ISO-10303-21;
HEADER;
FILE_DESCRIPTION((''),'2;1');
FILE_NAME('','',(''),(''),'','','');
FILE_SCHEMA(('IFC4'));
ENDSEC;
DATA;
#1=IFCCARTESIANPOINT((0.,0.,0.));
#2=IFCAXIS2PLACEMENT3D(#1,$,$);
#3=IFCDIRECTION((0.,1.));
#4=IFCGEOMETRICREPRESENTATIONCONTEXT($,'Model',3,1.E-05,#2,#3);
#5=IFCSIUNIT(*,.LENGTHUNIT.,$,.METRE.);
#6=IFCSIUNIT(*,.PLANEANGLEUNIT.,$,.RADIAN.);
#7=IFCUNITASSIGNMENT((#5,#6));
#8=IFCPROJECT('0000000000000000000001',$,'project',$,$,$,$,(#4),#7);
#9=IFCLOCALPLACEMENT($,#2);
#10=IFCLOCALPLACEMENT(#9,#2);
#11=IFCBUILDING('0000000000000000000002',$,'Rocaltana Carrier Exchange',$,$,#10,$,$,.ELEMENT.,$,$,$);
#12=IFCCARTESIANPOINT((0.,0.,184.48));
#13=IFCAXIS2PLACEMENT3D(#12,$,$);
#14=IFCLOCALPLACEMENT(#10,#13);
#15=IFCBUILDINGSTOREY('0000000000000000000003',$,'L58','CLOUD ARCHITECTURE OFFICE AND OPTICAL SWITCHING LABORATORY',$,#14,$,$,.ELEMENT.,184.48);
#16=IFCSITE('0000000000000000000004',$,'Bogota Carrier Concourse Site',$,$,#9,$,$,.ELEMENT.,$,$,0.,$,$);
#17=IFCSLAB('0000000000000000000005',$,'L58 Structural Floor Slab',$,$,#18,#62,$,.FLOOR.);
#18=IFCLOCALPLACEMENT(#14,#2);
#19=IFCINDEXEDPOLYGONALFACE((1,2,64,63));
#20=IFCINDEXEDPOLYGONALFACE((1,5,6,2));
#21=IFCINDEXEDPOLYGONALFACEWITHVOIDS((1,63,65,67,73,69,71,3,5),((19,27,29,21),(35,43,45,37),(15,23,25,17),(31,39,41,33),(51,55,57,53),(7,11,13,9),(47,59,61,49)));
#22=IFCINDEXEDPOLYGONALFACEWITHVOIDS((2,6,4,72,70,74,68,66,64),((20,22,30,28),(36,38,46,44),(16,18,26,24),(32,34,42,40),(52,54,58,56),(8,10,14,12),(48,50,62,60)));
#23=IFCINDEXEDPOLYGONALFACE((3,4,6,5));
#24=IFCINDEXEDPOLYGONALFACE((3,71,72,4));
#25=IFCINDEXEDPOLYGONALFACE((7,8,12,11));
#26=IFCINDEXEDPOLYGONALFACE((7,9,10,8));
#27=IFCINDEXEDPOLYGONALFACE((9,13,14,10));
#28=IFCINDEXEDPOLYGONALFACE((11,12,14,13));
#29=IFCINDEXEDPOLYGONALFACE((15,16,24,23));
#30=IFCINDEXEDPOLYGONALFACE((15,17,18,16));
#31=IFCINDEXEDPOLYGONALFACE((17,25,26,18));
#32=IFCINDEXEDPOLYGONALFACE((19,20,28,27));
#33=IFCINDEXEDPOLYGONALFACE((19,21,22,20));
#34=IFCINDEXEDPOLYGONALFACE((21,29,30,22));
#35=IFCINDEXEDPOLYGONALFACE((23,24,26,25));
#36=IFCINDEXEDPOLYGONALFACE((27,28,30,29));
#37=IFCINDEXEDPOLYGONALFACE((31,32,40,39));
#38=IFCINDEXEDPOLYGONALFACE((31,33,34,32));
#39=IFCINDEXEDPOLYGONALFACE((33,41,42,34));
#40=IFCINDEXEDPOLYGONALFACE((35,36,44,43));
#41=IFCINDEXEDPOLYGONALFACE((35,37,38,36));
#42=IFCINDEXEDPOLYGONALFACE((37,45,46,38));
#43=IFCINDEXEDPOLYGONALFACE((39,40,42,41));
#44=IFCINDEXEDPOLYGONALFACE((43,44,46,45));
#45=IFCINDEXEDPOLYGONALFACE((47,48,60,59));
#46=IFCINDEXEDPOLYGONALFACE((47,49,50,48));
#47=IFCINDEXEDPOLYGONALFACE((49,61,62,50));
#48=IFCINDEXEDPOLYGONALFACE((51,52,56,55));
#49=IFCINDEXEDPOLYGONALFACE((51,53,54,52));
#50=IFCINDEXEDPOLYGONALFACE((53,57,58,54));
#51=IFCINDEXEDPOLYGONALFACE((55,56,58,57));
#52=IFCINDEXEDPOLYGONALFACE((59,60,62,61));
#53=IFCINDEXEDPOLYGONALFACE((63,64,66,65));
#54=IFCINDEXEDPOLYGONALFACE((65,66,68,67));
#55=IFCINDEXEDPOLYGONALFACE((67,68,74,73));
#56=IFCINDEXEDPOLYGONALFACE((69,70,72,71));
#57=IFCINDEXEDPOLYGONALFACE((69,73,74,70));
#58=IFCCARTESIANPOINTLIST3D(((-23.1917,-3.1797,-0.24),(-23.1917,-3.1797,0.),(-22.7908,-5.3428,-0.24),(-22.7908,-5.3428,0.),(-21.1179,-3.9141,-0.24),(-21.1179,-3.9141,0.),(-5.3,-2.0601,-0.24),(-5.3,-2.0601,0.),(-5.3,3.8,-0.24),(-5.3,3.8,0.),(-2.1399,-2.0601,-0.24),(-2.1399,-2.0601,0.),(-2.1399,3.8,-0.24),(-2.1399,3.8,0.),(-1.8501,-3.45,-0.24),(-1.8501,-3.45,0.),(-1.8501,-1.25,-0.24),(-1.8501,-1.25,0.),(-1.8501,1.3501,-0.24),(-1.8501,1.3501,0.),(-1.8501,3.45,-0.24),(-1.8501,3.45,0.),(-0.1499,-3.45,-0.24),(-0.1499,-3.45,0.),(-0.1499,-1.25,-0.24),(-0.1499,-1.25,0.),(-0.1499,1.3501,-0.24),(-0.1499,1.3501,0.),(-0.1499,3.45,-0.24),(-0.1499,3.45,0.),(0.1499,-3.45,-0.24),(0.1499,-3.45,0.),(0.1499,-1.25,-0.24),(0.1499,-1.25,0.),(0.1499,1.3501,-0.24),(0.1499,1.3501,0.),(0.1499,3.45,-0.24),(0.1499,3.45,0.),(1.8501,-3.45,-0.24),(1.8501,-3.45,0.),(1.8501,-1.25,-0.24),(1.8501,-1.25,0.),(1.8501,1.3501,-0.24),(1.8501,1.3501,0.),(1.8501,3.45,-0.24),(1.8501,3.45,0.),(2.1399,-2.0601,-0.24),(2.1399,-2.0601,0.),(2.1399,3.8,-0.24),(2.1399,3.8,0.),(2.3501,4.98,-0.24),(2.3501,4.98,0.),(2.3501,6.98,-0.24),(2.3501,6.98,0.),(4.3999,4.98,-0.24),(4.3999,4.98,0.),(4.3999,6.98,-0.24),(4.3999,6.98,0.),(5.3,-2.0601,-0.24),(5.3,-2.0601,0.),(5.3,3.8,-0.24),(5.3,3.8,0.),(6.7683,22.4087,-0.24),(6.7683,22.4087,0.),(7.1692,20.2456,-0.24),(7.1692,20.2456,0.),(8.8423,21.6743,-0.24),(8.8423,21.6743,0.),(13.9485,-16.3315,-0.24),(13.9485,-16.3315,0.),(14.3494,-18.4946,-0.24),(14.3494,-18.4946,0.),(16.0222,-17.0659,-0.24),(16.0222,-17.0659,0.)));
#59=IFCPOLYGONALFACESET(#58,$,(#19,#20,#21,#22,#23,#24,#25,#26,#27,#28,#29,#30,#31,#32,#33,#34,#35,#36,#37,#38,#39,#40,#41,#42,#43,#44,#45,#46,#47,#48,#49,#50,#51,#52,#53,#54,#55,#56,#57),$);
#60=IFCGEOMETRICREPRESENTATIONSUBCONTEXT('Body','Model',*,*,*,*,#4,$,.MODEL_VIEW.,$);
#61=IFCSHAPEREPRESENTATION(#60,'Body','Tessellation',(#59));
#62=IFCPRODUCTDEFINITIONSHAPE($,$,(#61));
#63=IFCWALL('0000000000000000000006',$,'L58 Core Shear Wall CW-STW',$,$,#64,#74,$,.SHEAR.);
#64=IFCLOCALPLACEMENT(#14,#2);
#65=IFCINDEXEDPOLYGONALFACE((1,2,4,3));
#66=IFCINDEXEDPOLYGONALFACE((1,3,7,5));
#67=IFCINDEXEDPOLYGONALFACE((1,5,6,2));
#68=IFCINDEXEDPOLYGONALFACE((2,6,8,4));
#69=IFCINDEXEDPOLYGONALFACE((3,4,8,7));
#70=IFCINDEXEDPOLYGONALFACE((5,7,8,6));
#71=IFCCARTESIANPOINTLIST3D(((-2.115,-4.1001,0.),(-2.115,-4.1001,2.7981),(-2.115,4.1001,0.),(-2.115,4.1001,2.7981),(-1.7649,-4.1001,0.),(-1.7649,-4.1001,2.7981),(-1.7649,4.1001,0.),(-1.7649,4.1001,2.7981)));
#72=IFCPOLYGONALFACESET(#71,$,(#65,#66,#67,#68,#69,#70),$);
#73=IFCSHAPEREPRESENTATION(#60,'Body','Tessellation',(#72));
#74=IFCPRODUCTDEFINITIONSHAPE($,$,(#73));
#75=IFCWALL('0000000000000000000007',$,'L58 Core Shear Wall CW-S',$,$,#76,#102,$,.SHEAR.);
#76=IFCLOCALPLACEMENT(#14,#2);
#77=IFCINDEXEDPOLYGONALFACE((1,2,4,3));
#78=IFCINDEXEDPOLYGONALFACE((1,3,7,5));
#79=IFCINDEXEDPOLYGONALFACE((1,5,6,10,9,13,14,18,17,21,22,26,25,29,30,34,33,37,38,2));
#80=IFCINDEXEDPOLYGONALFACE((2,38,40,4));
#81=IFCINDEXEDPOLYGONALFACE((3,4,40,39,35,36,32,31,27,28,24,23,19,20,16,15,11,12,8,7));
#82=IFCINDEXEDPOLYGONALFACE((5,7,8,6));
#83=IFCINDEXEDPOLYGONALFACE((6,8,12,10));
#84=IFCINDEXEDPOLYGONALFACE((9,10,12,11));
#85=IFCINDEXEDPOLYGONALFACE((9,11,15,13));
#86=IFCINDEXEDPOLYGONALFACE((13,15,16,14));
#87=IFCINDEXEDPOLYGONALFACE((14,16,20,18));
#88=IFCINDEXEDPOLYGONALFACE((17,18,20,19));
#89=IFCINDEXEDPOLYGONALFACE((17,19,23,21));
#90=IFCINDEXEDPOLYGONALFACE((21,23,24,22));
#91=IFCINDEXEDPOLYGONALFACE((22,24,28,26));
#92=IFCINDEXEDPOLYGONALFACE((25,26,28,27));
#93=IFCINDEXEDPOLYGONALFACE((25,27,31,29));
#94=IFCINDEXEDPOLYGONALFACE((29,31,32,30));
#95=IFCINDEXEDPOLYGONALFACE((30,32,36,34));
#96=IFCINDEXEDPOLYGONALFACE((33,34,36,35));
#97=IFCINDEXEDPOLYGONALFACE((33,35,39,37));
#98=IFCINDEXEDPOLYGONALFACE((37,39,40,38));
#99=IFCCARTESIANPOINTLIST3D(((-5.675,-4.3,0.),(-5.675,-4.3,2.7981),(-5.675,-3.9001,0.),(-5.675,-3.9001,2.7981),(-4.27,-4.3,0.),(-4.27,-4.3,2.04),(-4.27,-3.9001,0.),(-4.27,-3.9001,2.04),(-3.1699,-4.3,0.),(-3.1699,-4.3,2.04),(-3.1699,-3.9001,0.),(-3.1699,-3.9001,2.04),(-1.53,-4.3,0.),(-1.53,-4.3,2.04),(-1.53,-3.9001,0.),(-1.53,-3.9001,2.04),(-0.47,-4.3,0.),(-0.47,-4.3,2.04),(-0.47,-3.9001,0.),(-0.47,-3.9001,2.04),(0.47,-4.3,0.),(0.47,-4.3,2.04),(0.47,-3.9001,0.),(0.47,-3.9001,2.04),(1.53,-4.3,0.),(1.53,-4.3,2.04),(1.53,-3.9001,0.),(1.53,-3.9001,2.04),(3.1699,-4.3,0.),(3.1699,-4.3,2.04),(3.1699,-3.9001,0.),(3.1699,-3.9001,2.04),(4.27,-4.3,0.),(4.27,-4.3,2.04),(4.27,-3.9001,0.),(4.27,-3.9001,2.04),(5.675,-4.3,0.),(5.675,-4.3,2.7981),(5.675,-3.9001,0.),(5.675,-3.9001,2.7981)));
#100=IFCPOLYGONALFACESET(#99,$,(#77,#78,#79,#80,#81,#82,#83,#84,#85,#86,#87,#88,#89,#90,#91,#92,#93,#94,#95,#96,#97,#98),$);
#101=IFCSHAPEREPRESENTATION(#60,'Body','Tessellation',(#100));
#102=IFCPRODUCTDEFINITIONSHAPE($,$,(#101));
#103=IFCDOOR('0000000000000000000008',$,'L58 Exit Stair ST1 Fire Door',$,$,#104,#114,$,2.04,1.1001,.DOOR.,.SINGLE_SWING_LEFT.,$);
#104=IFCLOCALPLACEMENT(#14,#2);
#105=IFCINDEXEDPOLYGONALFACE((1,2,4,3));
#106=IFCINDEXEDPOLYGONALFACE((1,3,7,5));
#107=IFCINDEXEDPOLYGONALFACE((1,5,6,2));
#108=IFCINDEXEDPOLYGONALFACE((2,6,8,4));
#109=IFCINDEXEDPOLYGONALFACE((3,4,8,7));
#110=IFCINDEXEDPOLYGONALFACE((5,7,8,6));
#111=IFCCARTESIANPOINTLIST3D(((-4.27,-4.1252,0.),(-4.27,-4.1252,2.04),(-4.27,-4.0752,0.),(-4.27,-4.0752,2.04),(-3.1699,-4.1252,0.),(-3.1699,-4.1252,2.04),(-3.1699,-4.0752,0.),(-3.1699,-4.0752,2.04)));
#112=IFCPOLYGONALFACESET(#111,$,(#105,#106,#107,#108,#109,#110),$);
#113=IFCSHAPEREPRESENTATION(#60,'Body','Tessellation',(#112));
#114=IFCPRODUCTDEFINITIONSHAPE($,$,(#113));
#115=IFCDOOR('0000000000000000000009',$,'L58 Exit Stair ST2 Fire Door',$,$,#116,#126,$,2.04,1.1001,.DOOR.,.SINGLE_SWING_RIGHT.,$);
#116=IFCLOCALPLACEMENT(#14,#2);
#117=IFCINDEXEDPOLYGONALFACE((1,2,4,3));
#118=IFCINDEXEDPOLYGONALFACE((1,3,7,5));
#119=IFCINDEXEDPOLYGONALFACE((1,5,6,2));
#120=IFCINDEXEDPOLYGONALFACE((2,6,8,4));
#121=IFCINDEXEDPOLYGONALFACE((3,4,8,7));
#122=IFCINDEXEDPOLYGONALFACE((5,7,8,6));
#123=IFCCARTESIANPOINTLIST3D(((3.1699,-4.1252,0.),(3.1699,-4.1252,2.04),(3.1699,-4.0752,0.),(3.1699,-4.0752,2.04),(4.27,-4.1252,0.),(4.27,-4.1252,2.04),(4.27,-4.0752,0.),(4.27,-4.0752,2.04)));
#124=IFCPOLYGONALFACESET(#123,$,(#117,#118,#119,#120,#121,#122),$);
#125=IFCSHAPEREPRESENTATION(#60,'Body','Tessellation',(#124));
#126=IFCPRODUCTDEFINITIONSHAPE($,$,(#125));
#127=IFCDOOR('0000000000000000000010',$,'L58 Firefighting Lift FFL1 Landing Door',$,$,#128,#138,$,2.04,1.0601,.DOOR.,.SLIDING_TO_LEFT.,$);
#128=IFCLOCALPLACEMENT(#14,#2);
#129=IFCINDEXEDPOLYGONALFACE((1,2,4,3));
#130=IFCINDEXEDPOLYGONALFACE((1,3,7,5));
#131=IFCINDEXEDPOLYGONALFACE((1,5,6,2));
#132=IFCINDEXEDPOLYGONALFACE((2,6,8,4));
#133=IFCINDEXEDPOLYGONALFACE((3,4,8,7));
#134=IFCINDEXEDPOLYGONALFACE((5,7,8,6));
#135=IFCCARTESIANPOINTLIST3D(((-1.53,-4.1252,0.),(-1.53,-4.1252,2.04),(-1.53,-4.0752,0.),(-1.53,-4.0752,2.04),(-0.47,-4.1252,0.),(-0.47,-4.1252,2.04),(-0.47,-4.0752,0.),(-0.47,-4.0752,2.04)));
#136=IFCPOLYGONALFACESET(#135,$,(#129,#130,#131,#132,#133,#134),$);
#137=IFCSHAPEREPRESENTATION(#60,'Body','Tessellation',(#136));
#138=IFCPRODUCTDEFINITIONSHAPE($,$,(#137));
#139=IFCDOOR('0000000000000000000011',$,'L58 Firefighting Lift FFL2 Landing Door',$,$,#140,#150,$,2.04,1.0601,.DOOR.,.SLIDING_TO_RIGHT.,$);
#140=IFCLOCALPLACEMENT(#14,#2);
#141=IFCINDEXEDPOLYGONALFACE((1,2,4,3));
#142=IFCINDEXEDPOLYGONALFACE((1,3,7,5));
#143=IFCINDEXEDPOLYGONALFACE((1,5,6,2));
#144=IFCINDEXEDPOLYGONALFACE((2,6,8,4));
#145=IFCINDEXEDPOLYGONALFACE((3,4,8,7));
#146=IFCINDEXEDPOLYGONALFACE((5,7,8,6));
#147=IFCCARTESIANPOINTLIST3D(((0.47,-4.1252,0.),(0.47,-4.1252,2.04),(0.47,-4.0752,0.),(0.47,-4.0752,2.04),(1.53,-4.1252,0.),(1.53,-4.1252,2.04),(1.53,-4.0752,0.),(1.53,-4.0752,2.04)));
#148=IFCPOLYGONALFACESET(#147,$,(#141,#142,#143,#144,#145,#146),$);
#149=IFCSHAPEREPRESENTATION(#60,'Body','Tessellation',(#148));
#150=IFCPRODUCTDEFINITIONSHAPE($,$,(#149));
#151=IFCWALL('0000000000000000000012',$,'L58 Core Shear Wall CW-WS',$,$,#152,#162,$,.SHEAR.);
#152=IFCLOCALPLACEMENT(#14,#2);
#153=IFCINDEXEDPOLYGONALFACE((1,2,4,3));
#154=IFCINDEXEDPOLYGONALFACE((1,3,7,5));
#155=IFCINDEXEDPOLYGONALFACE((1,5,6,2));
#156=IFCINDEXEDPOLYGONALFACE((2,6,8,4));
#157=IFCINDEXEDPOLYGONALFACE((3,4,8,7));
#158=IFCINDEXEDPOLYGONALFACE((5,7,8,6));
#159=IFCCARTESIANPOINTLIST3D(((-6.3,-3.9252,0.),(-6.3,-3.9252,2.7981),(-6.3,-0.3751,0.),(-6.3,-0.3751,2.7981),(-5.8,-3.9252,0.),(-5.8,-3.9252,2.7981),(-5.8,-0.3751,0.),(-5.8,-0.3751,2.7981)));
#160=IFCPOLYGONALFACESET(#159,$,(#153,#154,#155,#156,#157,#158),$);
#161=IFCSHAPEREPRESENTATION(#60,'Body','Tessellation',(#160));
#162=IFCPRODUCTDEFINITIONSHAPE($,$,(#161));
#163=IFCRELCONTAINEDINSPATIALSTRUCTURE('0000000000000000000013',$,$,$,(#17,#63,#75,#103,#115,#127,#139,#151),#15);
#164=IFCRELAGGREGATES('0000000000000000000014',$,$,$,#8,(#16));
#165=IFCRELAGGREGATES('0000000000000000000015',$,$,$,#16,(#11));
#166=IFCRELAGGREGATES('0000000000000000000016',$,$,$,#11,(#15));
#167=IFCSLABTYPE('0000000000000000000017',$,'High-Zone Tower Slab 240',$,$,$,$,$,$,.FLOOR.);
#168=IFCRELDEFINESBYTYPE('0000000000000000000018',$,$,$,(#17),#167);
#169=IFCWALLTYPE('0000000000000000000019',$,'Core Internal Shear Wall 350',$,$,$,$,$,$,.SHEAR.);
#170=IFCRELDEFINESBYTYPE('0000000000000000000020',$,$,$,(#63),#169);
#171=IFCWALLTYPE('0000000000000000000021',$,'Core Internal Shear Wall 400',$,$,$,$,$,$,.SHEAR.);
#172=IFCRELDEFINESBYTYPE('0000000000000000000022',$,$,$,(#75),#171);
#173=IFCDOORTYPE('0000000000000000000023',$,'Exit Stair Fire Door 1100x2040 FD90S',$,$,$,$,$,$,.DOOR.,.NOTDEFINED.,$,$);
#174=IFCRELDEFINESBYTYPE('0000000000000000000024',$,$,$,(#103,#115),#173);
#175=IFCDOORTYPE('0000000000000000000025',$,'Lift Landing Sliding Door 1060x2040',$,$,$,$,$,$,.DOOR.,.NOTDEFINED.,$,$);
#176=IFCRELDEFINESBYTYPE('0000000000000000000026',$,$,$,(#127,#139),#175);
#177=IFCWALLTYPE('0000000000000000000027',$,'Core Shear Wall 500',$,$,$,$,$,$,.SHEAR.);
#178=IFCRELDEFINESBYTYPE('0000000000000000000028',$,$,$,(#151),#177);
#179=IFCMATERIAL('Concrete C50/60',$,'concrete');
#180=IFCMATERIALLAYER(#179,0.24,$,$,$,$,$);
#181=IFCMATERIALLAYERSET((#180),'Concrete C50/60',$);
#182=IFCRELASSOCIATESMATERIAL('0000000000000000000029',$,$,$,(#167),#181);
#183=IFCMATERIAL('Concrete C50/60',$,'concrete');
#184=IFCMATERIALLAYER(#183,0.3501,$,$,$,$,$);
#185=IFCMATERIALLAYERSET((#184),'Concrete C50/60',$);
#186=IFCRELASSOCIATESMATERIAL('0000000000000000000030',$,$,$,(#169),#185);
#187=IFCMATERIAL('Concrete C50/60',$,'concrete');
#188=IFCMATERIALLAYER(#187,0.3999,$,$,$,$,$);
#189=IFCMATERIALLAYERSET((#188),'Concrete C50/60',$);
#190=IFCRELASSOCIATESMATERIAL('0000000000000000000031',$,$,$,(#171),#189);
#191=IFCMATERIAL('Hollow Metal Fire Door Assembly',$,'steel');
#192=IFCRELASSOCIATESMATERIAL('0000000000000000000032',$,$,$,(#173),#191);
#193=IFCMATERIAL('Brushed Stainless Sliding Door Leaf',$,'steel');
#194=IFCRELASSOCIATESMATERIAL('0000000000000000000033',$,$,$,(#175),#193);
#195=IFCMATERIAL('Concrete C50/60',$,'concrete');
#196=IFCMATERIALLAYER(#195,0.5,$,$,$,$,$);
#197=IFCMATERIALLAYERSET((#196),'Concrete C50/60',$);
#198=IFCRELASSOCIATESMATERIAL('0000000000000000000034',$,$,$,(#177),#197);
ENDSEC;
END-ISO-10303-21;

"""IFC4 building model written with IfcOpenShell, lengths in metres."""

from ifc_helpers import new_model, si_unit, direction, frame, frame_2d, origin, place, context, subcontext, project, spatial, polyline, rectangle, outline, extrude, material, layer, layer_set, type_object, element, fill, save


model = new_model("IFC4")

# Units and contexts
model_context = context("Model", 3, precision=1e-05, world=origin(), true_north=direction((0.0, 1.0)))
body_context = subcontext(model_context, "Body", "Model", "MODEL_VIEW")
ifc_project = project(units=[si_unit("LENGTHUNIT", "METRE"), si_unit("PLANEANGLEUNIT", "RADIAN")], contexts=[model_context])

# Site, building, storey
site_placement = place(None, origin())
site = spatial("IfcSite", under=ifc_project, at=site_placement, Name="Bogota Carrier Concourse Site", CompositionType="ELEMENT", RefElevation=0.0)
building_placement = place(site_placement, origin())
building = spatial("IfcBuilding", under=site, at=building_placement, Name="Rocaltana Carrier Exchange", CompositionType="ELEMENT")
storey_placement = place(building_placement, frame((0.0, 0.0, 184.48)))
storey = spatial("IfcBuildingStorey", under=building, at=storey_placement, Name="L58", Description="CLOUD ARCHITECTURE OFFICE AND OPTICAL SWITCHING LABORATORY", CompositionType="ELEMENT", Elevation=184.48)

# Slab
ifc_material_1 = material(Name="Concrete C50/60", Category="concrete")
ifc_layer_1 = layer(ifc_material_1, 0.24)
ifc_layer_set_1 = layer_set([ifc_layer_1], Name="Concrete C50/60")
slab_type = type_object("IfcSlabType", Name="High-Zone Tower Slab 240", PredefinedType="FLOOR", material=ifc_layer_set_1)
slab_placement = place(storey_placement, frame((0.0, 0.0, -0.24)))
element("IfcSlab", 1, at=slab_placement, inside=storey, type_object=slab_type, Name="L58 Structural Floor Slab", PredefinedType="FLOOR", context=body_context, shape_type="SweptSolid", body=[
    extrude(outline(polyline([(14.3494, -18.4946), (13.9485, -16.3315), (16.0222, -17.0659), (8.8423, 21.6743), (7.1692, 20.2456), (6.7683, 22.4087), (-23.1917, -3.1797), (-21.1179, -3.9141), (-22.7908, -5.3428), (14.3494, -18.4946)]), holes=[polyline([(-5.3, -2.0601), (-2.1399, -2.0601), (-2.1399, 3.8), (-5.3, 3.8), (-5.3, -2.0601)]), polyline([(2.1399, -2.0601), (5.3, -2.0601), (5.3, 3.8), (2.1399, 3.8), (2.1399, -2.0601)]), polyline([(-1.8501, -3.45), (-0.1499, -3.45), (-0.1499, -1.25), (-1.8501, -1.25), (-1.8501, -3.45)]), polyline([(0.1499, -3.45), (1.8501, -3.45), (1.8501, -1.25), (0.1499, -1.25), (0.1499, -3.45)]), polyline([(2.3501, 4.98), (4.3999, 4.98), (4.3999, 6.98), (2.3501, 6.98), (2.3501, 4.98)]), polyline([(-1.8501, 1.3501), (-0.1499, 1.3501), (-0.1499, 3.45), (-1.8501, 3.45), (-1.8501, 1.3501)]), polyline([(0.1499, 1.3501), (1.8501, 1.3501), (1.8501, 3.45), (0.1499, 3.45), (0.1499, 1.3501)])]), origin(), (0.0, 0.0, 1.0), 0.24),
])

# Wall
ifc_material_2 = material(Name="Concrete C50/60", Category="concrete")
ifc_layer_2 = layer(ifc_material_2, 0.3501)
ifc_layer_set_2 = layer_set([ifc_layer_2], Name="Concrete C50/60")
wall_type_1 = type_object("IfcWallType", Name="Core Internal Shear Wall 350", PredefinedType="SHEAR", material=ifc_layer_set_2)
wall_1_placement = place(storey_placement, frame((-1.9399, -4.1001, 0.0), z_axis=(0.0, 0.0, 1.0), x_axis=(0.0, 1.0, 0.0)))
element("IfcWall", 2, at=wall_1_placement, inside=storey, type_object=wall_type_1, Name="L58 Core Shear Wall CW-STW", PredefinedType="SHEAR", context=body_context, shape_type="SweptSolid", body=[
    extrude(rectangle(XDim=8.2002, YDim=0.3501, at=frame_2d((4.1001, 0.0))), origin(), (0.0, 0.0, 1.0), 2.7981),
])

# Wall, openings, doors
ifc_material_3 = material(Name="Concrete C50/60", Category="concrete")
ifc_layer_3 = layer(ifc_material_3, 0.3999)
ifc_layer_set_3 = layer_set([ifc_layer_3], Name="Concrete C50/60")
wall_type_2 = type_object("IfcWallType", Name="Core Internal Shear Wall 400", PredefinedType="SHEAR", material=ifc_layer_set_3)
wall_2_placement = place(storey_placement, frame((-5.675, -4.1001, 0.0), z_axis=(0.0, 0.0, 1.0), x_axis=(1.0, 0.0, 0.0)))
wall_2 = element("IfcWall", 3, at=wall_2_placement, inside=storey, type_object=wall_type_2, Name="L58 Core Shear Wall CW-S", PredefinedType="SHEAR", context=body_context, shape_type="SweptSolid", body=[
    extrude(rectangle(XDim=11.3501, YDim=0.3999, at=frame_2d((5.675, 0.0))), origin(), (0.0, 0.0, 1.0), 2.7981),
])
opening_1_placement = place(wall_2_placement, frame((1.405, 0.0, 0.0)))
opening_1 = element("IfcOpeningElement", 4, at=opening_1_placement, cuts=wall_2, PredefinedType="OPENING", context=body_context, shape_type="SweptSolid", body=[
    extrude(rectangle(XDim=1.1001, YDim=2.04, at=frame_2d((0.55, 1.02))), frame((0.0, 0.21, 0.0), z_axis=(0.0, -1.0, 0.0), x_axis=(1.0, 0.0, 0.0)), (0.0, 0.0, 1.0), 0.4199),
])
opening_2_placement = place(wall_2_placement, frame((8.845, 0.0, 0.0)))
opening_2 = element("IfcOpeningElement", 5, at=opening_2_placement, cuts=wall_2, PredefinedType="OPENING", context=body_context, shape_type="SweptSolid", body=[
    extrude(rectangle(XDim=1.1001, YDim=2.04, at=frame_2d((0.55, 1.02))), frame((0.0, 0.21, 0.0), z_axis=(0.0, -1.0, 0.0), x_axis=(1.0, 0.0, 0.0)), (0.0, 0.0, 1.0), 0.4199),
])
opening_3_placement = place(wall_2_placement, frame((4.145, 0.0, 0.0)))
opening_3 = element("IfcOpeningElement", 6, at=opening_3_placement, cuts=wall_2, PredefinedType="OPENING", context=body_context, shape_type="SweptSolid", body=[
    extrude(rectangle(XDim=1.0601, YDim=2.04, at=frame_2d((0.53, 1.02))), frame((0.0, 0.21, 0.0), z_axis=(0.0, -1.0, 0.0), x_axis=(1.0, 0.0, 0.0)), (0.0, 0.0, 1.0), 0.4199),
])
opening_4_placement = place(wall_2_placement, frame((6.145, 0.0, 0.0)))
opening_4 = element("IfcOpeningElement", 7, at=opening_4_placement, cuts=wall_2, PredefinedType="OPENING", context=body_context, shape_type="SweptSolid", body=[
    extrude(rectangle(XDim=1.0601, YDim=2.04, at=frame_2d((0.53, 1.02))), frame((0.0, 0.21, 0.0), z_axis=(0.0, -1.0, 0.0), x_axis=(1.0, 0.0, 0.0)), (0.0, 0.0, 1.0), 0.4199),
])
ifc_material_4 = material(Name="Hollow Metal Fire Door Assembly", Category="steel")
door_type_1 = type_object("IfcDoorType", Name="Exit Stair Fire Door 1100x2040 FD90S", OperationType="NOTDEFINED", PredefinedType="DOOR", material=ifc_material_4)
door_1_placement = place(opening_1_placement, origin())
door_1 = element("IfcDoor", 8, at=door_1_placement, inside=storey, type_object=door_type_1, Name="L58 Exit Stair ST1 Fire Door", OperationType="SINGLE_SWING_LEFT", OverallHeight=2.04, OverallWidth=1.1001, PredefinedType="DOOR", context=body_context, shape_type="SweptSolid", body=[
    extrude(rectangle(XDim=1.1001, YDim=2.04, at=frame_2d((0.55, 1.02))), frame((0.0, 0.0249, 0.0), z_axis=(0.0, -1.0, 0.0), x_axis=(1.0, 0.0, 0.0)), (0.0, 0.0, 1.0), 0.05),
])
fill(opening_1, door_1)
door_2_placement = place(opening_2_placement, origin())
door_2 = element("IfcDoor", 9, at=door_2_placement, inside=storey, type_object=door_type_1, Name="L58 Exit Stair ST2 Fire Door", OperationType="SINGLE_SWING_RIGHT", OverallHeight=2.04, OverallWidth=1.1001, PredefinedType="DOOR", context=body_context, shape_type="SweptSolid", body=[
    extrude(rectangle(XDim=1.1001, YDim=2.04, at=frame_2d((0.55, 1.02))), frame((0.0, 0.0249, 0.0), z_axis=(0.0, -1.0, 0.0), x_axis=(1.0, 0.0, 0.0)), (0.0, 0.0, 1.0), 0.05),
])
fill(opening_2, door_2)
ifc_material_5 = material(Name="Brushed Stainless Sliding Door Leaf", Category="steel")
door_type_2 = type_object("IfcDoorType", Name="Lift Landing Sliding Door 1060x2040", OperationType="NOTDEFINED", PredefinedType="DOOR", material=ifc_material_5)
door_3_placement = place(opening_3_placement, origin())
door_3 = element("IfcDoor", 10, at=door_3_placement, inside=storey, type_object=door_type_2, Name="L58 Firefighting Lift FFL1 Landing Door", OperationType="SLIDING_TO_LEFT", OverallHeight=2.04, OverallWidth=1.0601, PredefinedType="DOOR", context=body_context, shape_type="SweptSolid", body=[
    extrude(rectangle(XDim=1.0601, YDim=2.04, at=frame_2d((0.53, 1.02))), frame((0.0, 0.0249, 0.0), z_axis=(0.0, -1.0, 0.0), x_axis=(1.0, 0.0, 0.0)), (0.0, 0.0, 1.0), 0.05),
])
fill(opening_3, door_3)
door_4_placement = place(opening_4_placement, origin())
door_4 = element("IfcDoor", 11, at=door_4_placement, inside=storey, type_object=door_type_2, Name="L58 Firefighting Lift FFL2 Landing Door", OperationType="SLIDING_TO_RIGHT", OverallHeight=2.04, OverallWidth=1.0601, PredefinedType="DOOR", context=body_context, shape_type="SweptSolid", body=[
    extrude(rectangle(XDim=1.0601, YDim=2.04, at=frame_2d((0.53, 1.02))), frame((0.0, 0.0249, 0.0), z_axis=(0.0, -1.0, 0.0), x_axis=(1.0, 0.0, 0.0)), (0.0, 0.0, 1.0), 0.05),
])
fill(opening_4, door_4)

# Wall
ifc_material_6 = material(Name="Concrete C50/60", Category="concrete")
ifc_layer_4 = layer(ifc_material_6, 0.5)
ifc_layer_set_4 = layer_set([ifc_layer_4], Name="Concrete C50/60")
wall_type_3 = type_object("IfcWallType", Name="Core Shear Wall 500", PredefinedType="SHEAR", material=ifc_layer_set_4)
wall_3_placement = place(storey_placement, frame((-6.05, -3.925, 0.0), z_axis=(0.0, 0.0, 1.0), x_axis=(0.0, 1.0, 0.0)))
element("IfcWall", 12, at=wall_3_placement, inside=storey, type_object=wall_type_3, Name="L58 Core Shear Wall CW-WS", PredefinedType="SHEAR", context=body_context, shape_type="SweptSolid", body=[
    extrude(rectangle(XDim=3.55, YDim=0.5, at=frame_2d((1.7749, 0.0))), origin(), (0.0, 0.0, 1.0), 2.7981),
])

save(model, "model.ifc")
